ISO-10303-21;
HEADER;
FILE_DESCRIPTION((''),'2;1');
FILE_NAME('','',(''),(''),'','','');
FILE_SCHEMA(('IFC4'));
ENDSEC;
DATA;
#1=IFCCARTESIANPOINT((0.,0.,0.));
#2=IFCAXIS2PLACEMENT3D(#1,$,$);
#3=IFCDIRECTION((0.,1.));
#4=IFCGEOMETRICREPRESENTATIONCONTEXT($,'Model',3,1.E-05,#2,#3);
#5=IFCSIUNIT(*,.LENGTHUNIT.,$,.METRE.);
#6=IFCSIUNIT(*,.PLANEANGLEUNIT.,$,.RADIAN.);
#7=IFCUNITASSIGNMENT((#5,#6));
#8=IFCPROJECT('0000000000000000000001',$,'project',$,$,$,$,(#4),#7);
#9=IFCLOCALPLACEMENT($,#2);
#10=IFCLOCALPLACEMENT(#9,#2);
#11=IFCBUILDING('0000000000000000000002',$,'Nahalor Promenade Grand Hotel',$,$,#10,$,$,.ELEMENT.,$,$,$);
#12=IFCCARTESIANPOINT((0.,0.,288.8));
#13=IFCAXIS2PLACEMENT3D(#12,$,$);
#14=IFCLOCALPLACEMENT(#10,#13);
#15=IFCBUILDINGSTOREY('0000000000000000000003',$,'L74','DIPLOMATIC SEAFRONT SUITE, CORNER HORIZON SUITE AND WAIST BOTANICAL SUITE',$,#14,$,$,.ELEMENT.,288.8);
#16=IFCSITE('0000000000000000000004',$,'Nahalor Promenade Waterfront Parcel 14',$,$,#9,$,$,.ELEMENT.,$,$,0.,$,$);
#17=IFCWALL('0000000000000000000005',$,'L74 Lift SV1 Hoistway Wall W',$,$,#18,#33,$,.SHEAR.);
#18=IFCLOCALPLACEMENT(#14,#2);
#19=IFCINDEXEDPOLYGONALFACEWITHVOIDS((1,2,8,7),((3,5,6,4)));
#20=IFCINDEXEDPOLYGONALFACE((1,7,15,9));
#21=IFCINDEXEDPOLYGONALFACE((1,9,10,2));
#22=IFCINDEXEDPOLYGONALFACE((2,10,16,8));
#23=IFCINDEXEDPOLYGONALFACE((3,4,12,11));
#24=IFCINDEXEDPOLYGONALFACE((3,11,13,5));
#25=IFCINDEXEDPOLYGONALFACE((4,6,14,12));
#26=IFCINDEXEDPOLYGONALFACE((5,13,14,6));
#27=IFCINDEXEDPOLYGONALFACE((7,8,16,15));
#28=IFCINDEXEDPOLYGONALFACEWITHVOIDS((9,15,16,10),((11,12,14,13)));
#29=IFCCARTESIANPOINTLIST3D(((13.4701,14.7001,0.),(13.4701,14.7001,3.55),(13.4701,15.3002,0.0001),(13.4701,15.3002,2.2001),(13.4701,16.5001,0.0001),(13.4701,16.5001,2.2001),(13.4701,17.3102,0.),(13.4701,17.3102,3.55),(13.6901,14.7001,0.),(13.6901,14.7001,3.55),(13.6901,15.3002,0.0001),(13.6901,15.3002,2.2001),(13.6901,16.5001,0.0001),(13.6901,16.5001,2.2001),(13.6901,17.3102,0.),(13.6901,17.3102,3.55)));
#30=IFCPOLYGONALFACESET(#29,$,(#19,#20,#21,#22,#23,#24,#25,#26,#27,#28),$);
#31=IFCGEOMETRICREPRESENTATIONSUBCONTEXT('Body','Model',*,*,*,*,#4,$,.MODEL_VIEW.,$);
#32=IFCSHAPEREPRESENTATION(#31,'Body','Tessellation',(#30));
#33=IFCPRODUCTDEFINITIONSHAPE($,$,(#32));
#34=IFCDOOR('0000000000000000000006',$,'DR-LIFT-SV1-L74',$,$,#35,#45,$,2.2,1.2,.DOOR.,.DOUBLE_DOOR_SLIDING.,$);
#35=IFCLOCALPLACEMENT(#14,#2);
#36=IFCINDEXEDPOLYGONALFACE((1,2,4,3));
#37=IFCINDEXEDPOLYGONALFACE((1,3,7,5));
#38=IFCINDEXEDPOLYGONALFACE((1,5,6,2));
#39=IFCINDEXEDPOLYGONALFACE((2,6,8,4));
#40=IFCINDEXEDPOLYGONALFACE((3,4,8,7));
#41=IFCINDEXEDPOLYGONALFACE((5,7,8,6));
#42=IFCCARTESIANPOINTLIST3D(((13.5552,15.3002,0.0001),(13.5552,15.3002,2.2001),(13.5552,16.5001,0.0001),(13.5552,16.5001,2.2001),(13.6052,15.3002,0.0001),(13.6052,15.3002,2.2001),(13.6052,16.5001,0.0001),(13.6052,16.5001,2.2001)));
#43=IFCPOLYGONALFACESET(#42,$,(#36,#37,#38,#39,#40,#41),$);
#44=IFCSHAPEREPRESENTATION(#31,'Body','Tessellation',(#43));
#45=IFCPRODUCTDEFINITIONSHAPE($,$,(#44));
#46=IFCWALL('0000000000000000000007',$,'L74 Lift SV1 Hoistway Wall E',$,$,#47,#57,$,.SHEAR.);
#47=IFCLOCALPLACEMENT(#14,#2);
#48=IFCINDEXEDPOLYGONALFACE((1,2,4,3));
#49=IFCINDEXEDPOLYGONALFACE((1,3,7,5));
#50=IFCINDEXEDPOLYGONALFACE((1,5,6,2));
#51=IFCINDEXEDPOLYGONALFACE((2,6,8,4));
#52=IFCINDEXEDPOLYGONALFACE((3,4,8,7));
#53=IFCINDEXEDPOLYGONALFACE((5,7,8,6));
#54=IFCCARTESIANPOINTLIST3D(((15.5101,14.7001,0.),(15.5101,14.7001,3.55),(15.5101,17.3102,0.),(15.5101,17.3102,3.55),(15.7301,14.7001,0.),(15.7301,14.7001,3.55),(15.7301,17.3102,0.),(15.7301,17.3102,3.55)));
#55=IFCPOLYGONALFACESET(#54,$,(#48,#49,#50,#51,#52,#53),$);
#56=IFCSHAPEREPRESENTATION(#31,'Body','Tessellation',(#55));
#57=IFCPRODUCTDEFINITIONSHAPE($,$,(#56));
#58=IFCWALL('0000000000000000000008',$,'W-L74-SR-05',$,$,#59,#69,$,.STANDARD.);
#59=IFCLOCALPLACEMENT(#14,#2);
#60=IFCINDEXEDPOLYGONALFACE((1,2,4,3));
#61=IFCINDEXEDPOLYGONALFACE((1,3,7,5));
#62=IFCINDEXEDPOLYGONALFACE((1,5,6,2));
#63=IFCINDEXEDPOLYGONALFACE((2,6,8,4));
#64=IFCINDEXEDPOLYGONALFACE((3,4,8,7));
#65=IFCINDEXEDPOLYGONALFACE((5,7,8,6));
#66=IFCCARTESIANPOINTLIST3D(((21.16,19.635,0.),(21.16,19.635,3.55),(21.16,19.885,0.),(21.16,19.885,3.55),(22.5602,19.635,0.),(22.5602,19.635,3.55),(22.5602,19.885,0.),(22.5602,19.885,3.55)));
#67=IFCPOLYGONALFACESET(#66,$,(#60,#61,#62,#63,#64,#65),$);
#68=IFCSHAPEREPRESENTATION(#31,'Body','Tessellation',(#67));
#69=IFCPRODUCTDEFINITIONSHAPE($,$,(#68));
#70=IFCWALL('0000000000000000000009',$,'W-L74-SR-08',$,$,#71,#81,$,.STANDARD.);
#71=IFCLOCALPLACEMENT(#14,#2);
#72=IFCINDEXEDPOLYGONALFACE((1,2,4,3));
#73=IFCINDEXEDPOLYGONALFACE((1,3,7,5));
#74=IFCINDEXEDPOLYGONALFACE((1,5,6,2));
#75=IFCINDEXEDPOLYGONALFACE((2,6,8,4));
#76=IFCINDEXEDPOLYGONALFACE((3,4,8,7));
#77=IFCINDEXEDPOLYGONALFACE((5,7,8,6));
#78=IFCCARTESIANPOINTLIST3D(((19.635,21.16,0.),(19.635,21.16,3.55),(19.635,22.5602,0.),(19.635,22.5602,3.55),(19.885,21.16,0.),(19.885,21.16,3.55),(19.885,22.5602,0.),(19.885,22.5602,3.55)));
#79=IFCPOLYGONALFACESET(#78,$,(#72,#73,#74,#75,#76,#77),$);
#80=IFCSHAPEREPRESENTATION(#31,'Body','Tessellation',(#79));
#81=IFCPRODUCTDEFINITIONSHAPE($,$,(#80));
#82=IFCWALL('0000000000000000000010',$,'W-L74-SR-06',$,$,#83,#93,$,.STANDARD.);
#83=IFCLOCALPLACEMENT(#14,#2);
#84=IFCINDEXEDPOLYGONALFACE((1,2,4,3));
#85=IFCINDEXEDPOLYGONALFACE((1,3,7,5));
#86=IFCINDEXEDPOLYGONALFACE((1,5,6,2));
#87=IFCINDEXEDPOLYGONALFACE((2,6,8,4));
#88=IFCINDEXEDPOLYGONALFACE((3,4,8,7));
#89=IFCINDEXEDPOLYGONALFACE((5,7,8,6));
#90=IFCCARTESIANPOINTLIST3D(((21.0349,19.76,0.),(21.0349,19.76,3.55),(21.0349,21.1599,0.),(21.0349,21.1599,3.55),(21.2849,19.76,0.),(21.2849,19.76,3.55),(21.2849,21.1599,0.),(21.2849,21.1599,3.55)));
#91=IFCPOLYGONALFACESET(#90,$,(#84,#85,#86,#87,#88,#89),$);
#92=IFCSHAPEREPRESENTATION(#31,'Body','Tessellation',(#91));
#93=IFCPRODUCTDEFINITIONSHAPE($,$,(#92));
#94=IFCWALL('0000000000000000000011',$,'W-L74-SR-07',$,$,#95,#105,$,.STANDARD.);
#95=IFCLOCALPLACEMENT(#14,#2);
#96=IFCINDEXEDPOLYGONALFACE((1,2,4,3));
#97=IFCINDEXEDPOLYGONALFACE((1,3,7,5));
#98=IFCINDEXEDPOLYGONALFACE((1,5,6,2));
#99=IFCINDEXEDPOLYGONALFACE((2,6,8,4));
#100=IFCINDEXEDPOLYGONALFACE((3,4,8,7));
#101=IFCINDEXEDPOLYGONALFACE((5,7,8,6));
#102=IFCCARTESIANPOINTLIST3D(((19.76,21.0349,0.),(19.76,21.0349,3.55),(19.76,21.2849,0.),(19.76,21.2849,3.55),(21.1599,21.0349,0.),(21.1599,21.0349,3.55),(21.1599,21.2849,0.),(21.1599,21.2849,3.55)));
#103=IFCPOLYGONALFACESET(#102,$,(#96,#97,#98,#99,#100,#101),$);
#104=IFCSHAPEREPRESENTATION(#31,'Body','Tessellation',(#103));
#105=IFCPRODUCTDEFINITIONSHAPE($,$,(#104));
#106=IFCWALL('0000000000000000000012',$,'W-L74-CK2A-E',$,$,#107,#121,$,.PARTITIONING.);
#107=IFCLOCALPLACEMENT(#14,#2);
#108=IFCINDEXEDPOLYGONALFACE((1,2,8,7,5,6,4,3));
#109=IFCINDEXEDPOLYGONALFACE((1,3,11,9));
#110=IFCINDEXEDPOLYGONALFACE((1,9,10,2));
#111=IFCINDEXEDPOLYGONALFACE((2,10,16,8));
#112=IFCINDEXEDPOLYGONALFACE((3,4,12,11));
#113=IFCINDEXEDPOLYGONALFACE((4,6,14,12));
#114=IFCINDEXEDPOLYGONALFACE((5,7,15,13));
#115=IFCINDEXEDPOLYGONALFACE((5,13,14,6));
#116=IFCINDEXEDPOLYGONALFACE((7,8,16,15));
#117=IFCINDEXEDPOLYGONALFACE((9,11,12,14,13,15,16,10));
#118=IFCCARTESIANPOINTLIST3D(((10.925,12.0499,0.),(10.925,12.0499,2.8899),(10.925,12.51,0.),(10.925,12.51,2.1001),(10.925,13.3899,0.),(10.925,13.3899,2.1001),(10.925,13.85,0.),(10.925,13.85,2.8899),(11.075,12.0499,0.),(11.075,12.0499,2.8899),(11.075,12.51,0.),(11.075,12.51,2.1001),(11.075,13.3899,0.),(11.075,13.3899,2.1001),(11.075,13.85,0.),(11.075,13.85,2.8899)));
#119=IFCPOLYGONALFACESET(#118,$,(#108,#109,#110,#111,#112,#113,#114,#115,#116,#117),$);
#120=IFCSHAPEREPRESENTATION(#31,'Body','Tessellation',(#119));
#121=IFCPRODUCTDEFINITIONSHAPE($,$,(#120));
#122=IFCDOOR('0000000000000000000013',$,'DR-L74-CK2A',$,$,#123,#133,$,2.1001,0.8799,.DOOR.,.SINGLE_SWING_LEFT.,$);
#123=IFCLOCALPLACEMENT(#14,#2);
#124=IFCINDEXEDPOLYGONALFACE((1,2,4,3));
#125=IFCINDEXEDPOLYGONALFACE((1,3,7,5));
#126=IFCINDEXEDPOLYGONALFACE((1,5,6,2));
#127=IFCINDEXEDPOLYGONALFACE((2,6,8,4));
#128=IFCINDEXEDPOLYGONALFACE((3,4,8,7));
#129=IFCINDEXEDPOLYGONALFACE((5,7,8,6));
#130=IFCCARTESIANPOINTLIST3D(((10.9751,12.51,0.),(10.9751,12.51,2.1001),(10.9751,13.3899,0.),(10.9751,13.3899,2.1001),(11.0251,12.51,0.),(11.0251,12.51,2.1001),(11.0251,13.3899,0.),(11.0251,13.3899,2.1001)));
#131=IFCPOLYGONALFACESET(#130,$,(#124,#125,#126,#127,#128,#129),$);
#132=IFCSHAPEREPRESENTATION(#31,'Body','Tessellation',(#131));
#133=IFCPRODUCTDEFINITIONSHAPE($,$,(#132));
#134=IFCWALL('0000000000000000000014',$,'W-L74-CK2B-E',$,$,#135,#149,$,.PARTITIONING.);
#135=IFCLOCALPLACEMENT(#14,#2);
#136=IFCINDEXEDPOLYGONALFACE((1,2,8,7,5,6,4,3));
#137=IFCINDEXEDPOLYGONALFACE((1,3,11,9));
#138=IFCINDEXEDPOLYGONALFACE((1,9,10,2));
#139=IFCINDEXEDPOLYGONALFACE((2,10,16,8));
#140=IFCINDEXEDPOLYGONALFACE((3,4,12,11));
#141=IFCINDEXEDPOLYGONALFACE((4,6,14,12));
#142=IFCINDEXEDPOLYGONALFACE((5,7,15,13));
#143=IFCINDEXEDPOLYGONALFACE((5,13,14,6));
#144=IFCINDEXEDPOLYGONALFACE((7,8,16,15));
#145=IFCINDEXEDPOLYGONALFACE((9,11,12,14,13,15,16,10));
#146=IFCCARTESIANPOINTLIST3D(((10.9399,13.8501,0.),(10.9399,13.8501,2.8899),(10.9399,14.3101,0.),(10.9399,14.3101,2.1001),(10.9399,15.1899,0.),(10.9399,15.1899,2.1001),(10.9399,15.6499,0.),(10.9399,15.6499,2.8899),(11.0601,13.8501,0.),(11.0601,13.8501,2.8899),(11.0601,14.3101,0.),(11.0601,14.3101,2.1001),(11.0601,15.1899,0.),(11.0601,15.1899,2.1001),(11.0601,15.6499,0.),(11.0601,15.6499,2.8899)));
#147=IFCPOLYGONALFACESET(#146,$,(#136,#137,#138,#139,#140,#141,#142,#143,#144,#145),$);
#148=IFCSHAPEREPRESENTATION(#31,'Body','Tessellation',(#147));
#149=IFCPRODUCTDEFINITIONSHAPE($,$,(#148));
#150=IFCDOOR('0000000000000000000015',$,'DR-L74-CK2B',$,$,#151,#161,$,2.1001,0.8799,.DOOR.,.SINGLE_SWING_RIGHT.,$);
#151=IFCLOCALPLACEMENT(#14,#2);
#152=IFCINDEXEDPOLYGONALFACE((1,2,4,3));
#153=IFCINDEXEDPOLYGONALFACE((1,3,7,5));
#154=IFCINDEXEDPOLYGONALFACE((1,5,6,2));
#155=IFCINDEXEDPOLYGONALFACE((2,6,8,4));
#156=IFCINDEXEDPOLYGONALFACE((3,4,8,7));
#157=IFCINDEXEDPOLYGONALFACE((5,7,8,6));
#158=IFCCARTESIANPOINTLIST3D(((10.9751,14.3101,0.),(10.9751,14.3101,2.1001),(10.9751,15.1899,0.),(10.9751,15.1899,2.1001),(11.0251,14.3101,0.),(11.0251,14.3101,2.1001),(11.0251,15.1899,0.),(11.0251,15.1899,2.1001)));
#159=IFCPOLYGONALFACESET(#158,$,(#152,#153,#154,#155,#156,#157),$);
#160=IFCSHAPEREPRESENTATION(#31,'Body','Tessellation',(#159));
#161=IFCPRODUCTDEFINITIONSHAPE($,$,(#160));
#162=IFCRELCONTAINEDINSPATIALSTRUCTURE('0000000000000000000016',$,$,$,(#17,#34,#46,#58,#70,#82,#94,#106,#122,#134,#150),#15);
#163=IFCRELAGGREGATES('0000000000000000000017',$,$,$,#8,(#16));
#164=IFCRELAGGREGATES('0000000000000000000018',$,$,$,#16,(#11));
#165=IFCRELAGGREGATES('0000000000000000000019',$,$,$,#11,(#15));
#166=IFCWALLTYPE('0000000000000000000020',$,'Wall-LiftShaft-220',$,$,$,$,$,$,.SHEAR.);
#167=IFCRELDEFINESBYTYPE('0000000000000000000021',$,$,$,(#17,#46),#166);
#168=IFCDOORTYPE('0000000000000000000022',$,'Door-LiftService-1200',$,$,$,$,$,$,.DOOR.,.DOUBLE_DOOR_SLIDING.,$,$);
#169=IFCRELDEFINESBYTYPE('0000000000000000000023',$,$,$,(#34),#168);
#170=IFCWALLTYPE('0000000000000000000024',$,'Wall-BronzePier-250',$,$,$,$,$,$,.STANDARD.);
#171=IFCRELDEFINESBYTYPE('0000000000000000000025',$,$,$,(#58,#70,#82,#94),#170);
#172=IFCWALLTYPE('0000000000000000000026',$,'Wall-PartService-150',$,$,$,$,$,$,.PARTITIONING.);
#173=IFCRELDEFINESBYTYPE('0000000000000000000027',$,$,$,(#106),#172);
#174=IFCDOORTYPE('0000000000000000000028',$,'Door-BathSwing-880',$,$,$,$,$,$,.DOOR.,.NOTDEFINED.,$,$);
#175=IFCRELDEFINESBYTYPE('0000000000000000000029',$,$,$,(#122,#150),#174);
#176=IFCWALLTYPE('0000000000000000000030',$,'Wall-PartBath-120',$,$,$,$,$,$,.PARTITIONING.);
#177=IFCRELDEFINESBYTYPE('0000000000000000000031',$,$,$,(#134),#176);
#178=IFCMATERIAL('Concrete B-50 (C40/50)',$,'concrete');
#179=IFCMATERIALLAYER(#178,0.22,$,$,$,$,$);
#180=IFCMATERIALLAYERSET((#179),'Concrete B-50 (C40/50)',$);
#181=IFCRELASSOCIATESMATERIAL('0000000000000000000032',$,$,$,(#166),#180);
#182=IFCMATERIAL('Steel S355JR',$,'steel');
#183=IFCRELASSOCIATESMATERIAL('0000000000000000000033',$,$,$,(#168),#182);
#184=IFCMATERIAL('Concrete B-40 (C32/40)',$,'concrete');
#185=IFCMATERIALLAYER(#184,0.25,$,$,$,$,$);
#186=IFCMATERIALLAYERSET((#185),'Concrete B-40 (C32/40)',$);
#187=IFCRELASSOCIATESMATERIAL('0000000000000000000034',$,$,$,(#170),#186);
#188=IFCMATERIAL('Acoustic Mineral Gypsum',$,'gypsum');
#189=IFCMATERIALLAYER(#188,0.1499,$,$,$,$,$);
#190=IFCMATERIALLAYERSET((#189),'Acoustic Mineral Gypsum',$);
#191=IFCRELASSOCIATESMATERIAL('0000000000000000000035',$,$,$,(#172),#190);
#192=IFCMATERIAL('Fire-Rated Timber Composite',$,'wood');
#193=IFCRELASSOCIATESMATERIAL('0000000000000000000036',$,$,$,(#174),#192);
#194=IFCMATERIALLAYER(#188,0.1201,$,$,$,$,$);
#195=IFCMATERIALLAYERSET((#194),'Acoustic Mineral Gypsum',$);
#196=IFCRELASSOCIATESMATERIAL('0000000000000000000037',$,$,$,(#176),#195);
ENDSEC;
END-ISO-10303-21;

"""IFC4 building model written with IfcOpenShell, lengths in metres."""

from ifc_helpers import new_model, si_unit, direction, frame, frame_2d, origin, place, context, subcontext, project, spatial, rectangle, extrude, source, transform, mapped, material, layer, layer_set, type_object, element, fill, save


model = new_model("IFC4")

# Units and contexts
model_context = context("Model", 3, precision=1e-05, world=origin(), true_north=direction((0.0, 1.0)))
body_context = subcontext(model_context, "Body", "Model", "MODEL_VIEW")
ifc_project = project(units=[si_unit("LENGTHUNIT", "METRE"), si_unit("PLANEANGLEUNIT", "RADIAN")], contexts=[model_context])

# Site, building, storey
site_placement = place(None, origin())
site = spatial("IfcSite", under=ifc_project, at=site_placement, Name="Nahalor Promenade Waterfront Parcel 14", CompositionType="ELEMENT", RefElevation=0.0)
building_placement = place(site_placement, origin())
building = spatial("IfcBuilding", under=site, at=building_placement, Name="Nahalor Promenade Grand Hotel", CompositionType="ELEMENT")
storey_placement = place(building_placement, frame((0.0, 0.0, 288.8)))
storey = spatial("IfcBuildingStorey", under=building, at=storey_placement, Name="L74", Description="DIPLOMATIC SEAFRONT SUITE, CORNER HORIZON SUITE AND WAIST BOTANICAL SUITE", CompositionType="ELEMENT", Elevation=288.8)

# Shared definitions
ifc_material_1 = material(Name="Concrete B-50 (C40/50)", Category="concrete")
ifc_material_2 = material(Name="Steel S355JR", Category="steel")

# Shared definitions
ifc_layer_1 = layer(ifc_material_1, 0.22)
ifc_layer_set_1 = layer_set([ifc_layer_1], Name="Concrete B-50 (C40/50)")
wall_type_1 = type_object("IfcWallType", Name="Wall-LiftShaft-220", PredefinedType="SHEAR", material=ifc_layer_set_1)

# Wall, opening, door
shared_shape_1 = source(origin(), body_context, "Body", "SweptSolid", [
    extrude(rectangle(XDim=2.6101, YDim=0.22, at=frame_2d((1.3052, 0.0))), origin(), (0.0, 0.0, 1.0), 3.55),
])
wall_1_placement = place(storey_placement, frame((13.5801, 14.7, 0.0), z_axis=(0.0, 0.0, 1.0), x_axis=(0.0, 1.0, 0.0)))
wall_1 = element("IfcWall", 1, at=wall_1_placement, inside=storey, type_object=wall_type_1, Name="L74 Lift SV1 Hoistway Wall W", PredefinedType="SHEAR", context=body_context, shape_type="MappedRepresentation", body=[
    mapped(shared_shape_1, transform((0.0, 0.0, 0.0), scale=1.0)),
])
opening_1_placement = place(wall_1_placement, frame((0.6001, 0.0, 0.0)))
opening_1 = element("IfcOpeningElement", 2, at=opening_1_placement, cuts=wall_1, PredefinedType="OPENING", context=body_context, shape_type="SweptSolid", body=[
    extrude(rectangle(XDim=1.2, YDim=2.2, at=frame_2d((0.6001, 1.1001))), frame((0.0, 0.1199, 0.0), z_axis=(0.0, -1.0, 0.0), x_axis=(1.0, 0.0, 0.0)), (0.0, 0.0, 1.0), 0.24),
])
door_type_1 = type_object("IfcDoorType", Name="Door-LiftService-1200", OperationType="DOUBLE_DOOR_SLIDING", PredefinedType="DOOR", material=ifc_material_2)
shared_shape_2 = source(origin(), body_context, "Body", "SweptSolid", [
    extrude(rectangle(XDim=1.2, YDim=2.2, at=frame_2d((0.6001, 1.1001))), frame((0.0, 0.0249, 0.0), z_axis=(0.0, -1.0, 0.0), x_axis=(1.0, 0.0, 0.0)), (0.0, 0.0, 1.0), 0.05),
])
door_1_placement = place(opening_1_placement, origin())
door_1 = element("IfcDoor", 3, at=door_1_placement, inside=storey, type_object=door_type_1, Name="DR-LIFT-SV1-L74", OperationType="DOUBLE_DOOR_SLIDING", OverallHeight=2.2, OverallWidth=1.2, PredefinedType="DOOR", context=body_context, shape_type="MappedRepresentation", body=[
    mapped(shared_shape_2, transform((0.0, 0.0, 0.0), scale=1.0)),
])
fill(opening_1, door_1)

# Walls
wall_2_placement = place(storey_placement, frame((15.6201, 14.7, 0.0), z_axis=(0.0, 0.0, 1.0), x_axis=(0.0, 1.0, 0.0)))
element("IfcWall", 4, at=wall_2_placement, inside=storey, type_object=wall_type_1, Name="L74 Lift SV1 Hoistway Wall E", PredefinedType="SHEAR", context=body_context, shape_type="MappedRepresentation", body=[
    mapped(shared_shape_1, transform((0.0, 0.0, 0.0), scale=1.0)),
])
ifc_material_3 = material(Name="Concrete B-40 (C32/40)", Category="concrete")
ifc_layer_2 = layer(ifc_material_3, 0.25)
ifc_layer_set_2 = layer_set([ifc_layer_2], Name="Concrete B-40 (C32/40)")
wall_type_2 = type_object("IfcWallType", Name="Wall-BronzePier-250", PredefinedType="STANDARD", material=ifc_layer_set_2)
shared_shape_3 = source(origin(), body_context, "Body", "SweptSolid", [
    extrude(rectangle(XDim=1.4001, YDim=0.25, at=frame_2d((0.7002, 0.0))), origin(), (0.0, 0.0, 1.0), 3.55),
])
for number, where, z_axis, x_axis, name in (
    (5, (21.1599, 19.76, 0.0), (0.0, 0.0, 1.0), (1.0, 0.0, 0.0), "W-L74-SR-05"),
    (6, (19.76, 21.1599, 0.0), (0.0, 0.0, 1.0), (0.0, 1.0, 0.0), "W-L74-SR-08"),
):
    element("IfcWall", number, at=place(storey_placement, frame(where, z_axis=z_axis, x_axis=x_axis)), inside=storey, type_object=wall_type_2, Name=name, PredefinedType="STANDARD", context=body_context, shape_type="MappedRepresentation", body=[
        mapped(shared_shape_3, transform((0.0, 0.0, 0.0), scale=1.0)),
    ])
shared_shape_4 = source(origin(), body_context, "Body", "SweptSolid", [
    extrude(rectangle(XDim=1.3999, YDim=0.25, at=frame_2d((0.7, 0.0))), origin(), (0.0, 0.0, 1.0), 3.55),
])
for number, where, z_axis, x_axis, name in (
    (7, (21.1599, 19.76, 0.0), (0.0, 0.0, 1.0), (0.0, 1.0, 0.0), "W-L74-SR-06"),
    (8, (19.76, 21.1599, 0.0), (0.0, 0.0, 1.0), (1.0, 0.0, 0.0), "W-L74-SR-07"),
):
    element("IfcWall", number, at=place(storey_placement, frame(where, z_axis=z_axis, x_axis=x_axis)), inside=storey, type_object=wall_type_2, Name=name, PredefinedType="STANDARD", context=body_context, shape_type="MappedRepresentation", body=[
        mapped(shared_shape_4, transform((0.0, 0.0, 0.0), scale=1.0)),
    ])

# Walls, openings, doors
ifc_material_4 = material(Name="Acoustic Mineral Gypsum", Category="gypsum")
ifc_layer_3 = layer(ifc_material_4, 0.1499)
ifc_layer_set_3 = layer_set([ifc_layer_3], Name="Acoustic Mineral Gypsum")
wall_type_3 = type_object("IfcWallType", Name="Wall-PartService-150", PredefinedType="PARTITIONING", material=ifc_layer_set_3)
shared_shape_5 = source(origin(), body_context, "Body", "SweptSolid", [
    extrude(rectangle(XDim=1.8, YDim=0.1499, at=frame_2d((0.8999, 0.0))), origin(), (0.0, 0.0, 1.0), 2.8899),
])
wall_3_placement = place(storey_placement, frame((11.0, 12.05, 0.0), z_axis=(0.0, 0.0, 1.0), x_axis=(0.0, 1.0, 0.0)))
wall_3 = element("IfcWall", 9, at=wall_3_placement, inside=storey, type_object=wall_type_3, Name="W-L74-CK2A-E", PredefinedType="PARTITIONING", context=body_context, shape_type="MappedRepresentation", body=[
    mapped(shared_shape_5, transform((0.0, 0.0, 0.0), scale=1.0)),
])
opening_2_placement = place(wall_3_placement, frame((0.46, 0.0, 0.0)))
opening_2 = element("IfcOpeningElement", 10, at=opening_2_placement, cuts=wall_3, PredefinedType="OPENING", context=body_context, shape_type="SweptSolid", body=[
    extrude(rectangle(XDim=0.8799, YDim=2.1001, at=frame_2d((0.4399, 1.05))), frame((0.0, 0.085, 0.0), z_axis=(0.0, -1.0, 0.0), x_axis=(1.0, 0.0, 0.0)), (0.0, 0.0, 1.0), 0.1699),
])
ifc_material_5 = material(Name="Fire-Rated Timber Composite", Category="wood")
door_type_2 = type_object("IfcDoorType", Name="Door-BathSwing-880", OperationType="NOTDEFINED", PredefinedType="DOOR", material=ifc_material_5)
shared_shape_6 = source(origin(), body_context, "Body", "SweptSolid", [
    extrude(rectangle(XDim=0.8799, YDim=2.1001, at=frame_2d((0.4399, 1.05))), frame((0.0, 0.0249, 0.0), z_axis=(0.0, -1.0, 0.0), x_axis=(1.0, 0.0, 0.0)), (0.0, 0.0, 1.0), 0.05),
])
door_2_placement = place(opening_2_placement, origin())
door_2 = element("IfcDoor", 11, at=door_2_placement, inside=storey, type_object=door_type_2, Name="DR-L74-CK2A", OperationType="SINGLE_SWING_LEFT", OverallHeight=2.1001, OverallWidth=0.8799, PredefinedType="DOOR", context=body_context, shape_type="MappedRepresentation", body=[
    mapped(shared_shape_6, transform((0.0, 0.0, 0.0), scale=1.0)),
])
fill(opening_2, door_2)
ifc_layer_4 = layer(ifc_material_4, 0.1201)
ifc_layer_set_4 = layer_set([ifc_layer_4], Name="Acoustic Mineral Gypsum")
wall_type_4 = type_object("IfcWallType", Name="Wall-PartBath-120", PredefinedType="PARTITIONING", material=ifc_layer_set_4)
shared_shape_7 = source(origin(), body_context, "Body", "SweptSolid", [
    extrude(rectangle(XDim=1.7998, YDim=0.1201, at=frame_2d((0.8999, 0.0))), origin(), (0.0, 0.0, 1.0), 2.8899),
])
wall_4_placement = place(storey_placement, frame((11.0, 13.8501, 0.0), z_axis=(0.0, 0.0, 1.0), x_axis=(0.0, 1.0, 0.0)))
wall_4 = element("IfcWall", 12, at=wall_4_placement, inside=storey, type_object=wall_type_4, Name="W-L74-CK2B-E", PredefinedType="PARTITIONING", context=body_context, shape_type="MappedRepresentation", body=[
    mapped(shared_shape_7, transform((0.0, 0.0, 0.0), scale=1.0)),
])
opening_3_placement = place(wall_4_placement, frame((0.46, 0.0, 0.0)))
opening_3 = element("IfcOpeningElement", 13, at=opening_3_placement, cuts=wall_4, PredefinedType="OPENING", context=body_context, shape_type="SweptSolid", body=[
    extrude(rectangle(XDim=0.8799, YDim=2.1001, at=frame_2d((0.4399, 1.05))), frame((0.0, 0.0701, 0.0), z_axis=(0.0, -1.0, 0.0), x_axis=(1.0, 0.0, 0.0)), (0.0, 0.0, 1.0), 0.1401),
])
door_3_placement = place(opening_3_placement, origin())
door_3 = element("IfcDoor", 14, at=door_3_placement, inside=storey, type_object=door_type_2, Name="DR-L74-CK2B", OperationType="SINGLE_SWING_RIGHT", OverallHeight=2.1001, OverallWidth=0.8799, PredefinedType="DOOR", context=body_context, shape_type="MappedRepresentation", body=[
    mapped(shared_shape_6, transform((0.0, 0.0, 0.0), scale=1.0)),
])
fill(opening_3, door_3)

save(model, "model.ifc")
